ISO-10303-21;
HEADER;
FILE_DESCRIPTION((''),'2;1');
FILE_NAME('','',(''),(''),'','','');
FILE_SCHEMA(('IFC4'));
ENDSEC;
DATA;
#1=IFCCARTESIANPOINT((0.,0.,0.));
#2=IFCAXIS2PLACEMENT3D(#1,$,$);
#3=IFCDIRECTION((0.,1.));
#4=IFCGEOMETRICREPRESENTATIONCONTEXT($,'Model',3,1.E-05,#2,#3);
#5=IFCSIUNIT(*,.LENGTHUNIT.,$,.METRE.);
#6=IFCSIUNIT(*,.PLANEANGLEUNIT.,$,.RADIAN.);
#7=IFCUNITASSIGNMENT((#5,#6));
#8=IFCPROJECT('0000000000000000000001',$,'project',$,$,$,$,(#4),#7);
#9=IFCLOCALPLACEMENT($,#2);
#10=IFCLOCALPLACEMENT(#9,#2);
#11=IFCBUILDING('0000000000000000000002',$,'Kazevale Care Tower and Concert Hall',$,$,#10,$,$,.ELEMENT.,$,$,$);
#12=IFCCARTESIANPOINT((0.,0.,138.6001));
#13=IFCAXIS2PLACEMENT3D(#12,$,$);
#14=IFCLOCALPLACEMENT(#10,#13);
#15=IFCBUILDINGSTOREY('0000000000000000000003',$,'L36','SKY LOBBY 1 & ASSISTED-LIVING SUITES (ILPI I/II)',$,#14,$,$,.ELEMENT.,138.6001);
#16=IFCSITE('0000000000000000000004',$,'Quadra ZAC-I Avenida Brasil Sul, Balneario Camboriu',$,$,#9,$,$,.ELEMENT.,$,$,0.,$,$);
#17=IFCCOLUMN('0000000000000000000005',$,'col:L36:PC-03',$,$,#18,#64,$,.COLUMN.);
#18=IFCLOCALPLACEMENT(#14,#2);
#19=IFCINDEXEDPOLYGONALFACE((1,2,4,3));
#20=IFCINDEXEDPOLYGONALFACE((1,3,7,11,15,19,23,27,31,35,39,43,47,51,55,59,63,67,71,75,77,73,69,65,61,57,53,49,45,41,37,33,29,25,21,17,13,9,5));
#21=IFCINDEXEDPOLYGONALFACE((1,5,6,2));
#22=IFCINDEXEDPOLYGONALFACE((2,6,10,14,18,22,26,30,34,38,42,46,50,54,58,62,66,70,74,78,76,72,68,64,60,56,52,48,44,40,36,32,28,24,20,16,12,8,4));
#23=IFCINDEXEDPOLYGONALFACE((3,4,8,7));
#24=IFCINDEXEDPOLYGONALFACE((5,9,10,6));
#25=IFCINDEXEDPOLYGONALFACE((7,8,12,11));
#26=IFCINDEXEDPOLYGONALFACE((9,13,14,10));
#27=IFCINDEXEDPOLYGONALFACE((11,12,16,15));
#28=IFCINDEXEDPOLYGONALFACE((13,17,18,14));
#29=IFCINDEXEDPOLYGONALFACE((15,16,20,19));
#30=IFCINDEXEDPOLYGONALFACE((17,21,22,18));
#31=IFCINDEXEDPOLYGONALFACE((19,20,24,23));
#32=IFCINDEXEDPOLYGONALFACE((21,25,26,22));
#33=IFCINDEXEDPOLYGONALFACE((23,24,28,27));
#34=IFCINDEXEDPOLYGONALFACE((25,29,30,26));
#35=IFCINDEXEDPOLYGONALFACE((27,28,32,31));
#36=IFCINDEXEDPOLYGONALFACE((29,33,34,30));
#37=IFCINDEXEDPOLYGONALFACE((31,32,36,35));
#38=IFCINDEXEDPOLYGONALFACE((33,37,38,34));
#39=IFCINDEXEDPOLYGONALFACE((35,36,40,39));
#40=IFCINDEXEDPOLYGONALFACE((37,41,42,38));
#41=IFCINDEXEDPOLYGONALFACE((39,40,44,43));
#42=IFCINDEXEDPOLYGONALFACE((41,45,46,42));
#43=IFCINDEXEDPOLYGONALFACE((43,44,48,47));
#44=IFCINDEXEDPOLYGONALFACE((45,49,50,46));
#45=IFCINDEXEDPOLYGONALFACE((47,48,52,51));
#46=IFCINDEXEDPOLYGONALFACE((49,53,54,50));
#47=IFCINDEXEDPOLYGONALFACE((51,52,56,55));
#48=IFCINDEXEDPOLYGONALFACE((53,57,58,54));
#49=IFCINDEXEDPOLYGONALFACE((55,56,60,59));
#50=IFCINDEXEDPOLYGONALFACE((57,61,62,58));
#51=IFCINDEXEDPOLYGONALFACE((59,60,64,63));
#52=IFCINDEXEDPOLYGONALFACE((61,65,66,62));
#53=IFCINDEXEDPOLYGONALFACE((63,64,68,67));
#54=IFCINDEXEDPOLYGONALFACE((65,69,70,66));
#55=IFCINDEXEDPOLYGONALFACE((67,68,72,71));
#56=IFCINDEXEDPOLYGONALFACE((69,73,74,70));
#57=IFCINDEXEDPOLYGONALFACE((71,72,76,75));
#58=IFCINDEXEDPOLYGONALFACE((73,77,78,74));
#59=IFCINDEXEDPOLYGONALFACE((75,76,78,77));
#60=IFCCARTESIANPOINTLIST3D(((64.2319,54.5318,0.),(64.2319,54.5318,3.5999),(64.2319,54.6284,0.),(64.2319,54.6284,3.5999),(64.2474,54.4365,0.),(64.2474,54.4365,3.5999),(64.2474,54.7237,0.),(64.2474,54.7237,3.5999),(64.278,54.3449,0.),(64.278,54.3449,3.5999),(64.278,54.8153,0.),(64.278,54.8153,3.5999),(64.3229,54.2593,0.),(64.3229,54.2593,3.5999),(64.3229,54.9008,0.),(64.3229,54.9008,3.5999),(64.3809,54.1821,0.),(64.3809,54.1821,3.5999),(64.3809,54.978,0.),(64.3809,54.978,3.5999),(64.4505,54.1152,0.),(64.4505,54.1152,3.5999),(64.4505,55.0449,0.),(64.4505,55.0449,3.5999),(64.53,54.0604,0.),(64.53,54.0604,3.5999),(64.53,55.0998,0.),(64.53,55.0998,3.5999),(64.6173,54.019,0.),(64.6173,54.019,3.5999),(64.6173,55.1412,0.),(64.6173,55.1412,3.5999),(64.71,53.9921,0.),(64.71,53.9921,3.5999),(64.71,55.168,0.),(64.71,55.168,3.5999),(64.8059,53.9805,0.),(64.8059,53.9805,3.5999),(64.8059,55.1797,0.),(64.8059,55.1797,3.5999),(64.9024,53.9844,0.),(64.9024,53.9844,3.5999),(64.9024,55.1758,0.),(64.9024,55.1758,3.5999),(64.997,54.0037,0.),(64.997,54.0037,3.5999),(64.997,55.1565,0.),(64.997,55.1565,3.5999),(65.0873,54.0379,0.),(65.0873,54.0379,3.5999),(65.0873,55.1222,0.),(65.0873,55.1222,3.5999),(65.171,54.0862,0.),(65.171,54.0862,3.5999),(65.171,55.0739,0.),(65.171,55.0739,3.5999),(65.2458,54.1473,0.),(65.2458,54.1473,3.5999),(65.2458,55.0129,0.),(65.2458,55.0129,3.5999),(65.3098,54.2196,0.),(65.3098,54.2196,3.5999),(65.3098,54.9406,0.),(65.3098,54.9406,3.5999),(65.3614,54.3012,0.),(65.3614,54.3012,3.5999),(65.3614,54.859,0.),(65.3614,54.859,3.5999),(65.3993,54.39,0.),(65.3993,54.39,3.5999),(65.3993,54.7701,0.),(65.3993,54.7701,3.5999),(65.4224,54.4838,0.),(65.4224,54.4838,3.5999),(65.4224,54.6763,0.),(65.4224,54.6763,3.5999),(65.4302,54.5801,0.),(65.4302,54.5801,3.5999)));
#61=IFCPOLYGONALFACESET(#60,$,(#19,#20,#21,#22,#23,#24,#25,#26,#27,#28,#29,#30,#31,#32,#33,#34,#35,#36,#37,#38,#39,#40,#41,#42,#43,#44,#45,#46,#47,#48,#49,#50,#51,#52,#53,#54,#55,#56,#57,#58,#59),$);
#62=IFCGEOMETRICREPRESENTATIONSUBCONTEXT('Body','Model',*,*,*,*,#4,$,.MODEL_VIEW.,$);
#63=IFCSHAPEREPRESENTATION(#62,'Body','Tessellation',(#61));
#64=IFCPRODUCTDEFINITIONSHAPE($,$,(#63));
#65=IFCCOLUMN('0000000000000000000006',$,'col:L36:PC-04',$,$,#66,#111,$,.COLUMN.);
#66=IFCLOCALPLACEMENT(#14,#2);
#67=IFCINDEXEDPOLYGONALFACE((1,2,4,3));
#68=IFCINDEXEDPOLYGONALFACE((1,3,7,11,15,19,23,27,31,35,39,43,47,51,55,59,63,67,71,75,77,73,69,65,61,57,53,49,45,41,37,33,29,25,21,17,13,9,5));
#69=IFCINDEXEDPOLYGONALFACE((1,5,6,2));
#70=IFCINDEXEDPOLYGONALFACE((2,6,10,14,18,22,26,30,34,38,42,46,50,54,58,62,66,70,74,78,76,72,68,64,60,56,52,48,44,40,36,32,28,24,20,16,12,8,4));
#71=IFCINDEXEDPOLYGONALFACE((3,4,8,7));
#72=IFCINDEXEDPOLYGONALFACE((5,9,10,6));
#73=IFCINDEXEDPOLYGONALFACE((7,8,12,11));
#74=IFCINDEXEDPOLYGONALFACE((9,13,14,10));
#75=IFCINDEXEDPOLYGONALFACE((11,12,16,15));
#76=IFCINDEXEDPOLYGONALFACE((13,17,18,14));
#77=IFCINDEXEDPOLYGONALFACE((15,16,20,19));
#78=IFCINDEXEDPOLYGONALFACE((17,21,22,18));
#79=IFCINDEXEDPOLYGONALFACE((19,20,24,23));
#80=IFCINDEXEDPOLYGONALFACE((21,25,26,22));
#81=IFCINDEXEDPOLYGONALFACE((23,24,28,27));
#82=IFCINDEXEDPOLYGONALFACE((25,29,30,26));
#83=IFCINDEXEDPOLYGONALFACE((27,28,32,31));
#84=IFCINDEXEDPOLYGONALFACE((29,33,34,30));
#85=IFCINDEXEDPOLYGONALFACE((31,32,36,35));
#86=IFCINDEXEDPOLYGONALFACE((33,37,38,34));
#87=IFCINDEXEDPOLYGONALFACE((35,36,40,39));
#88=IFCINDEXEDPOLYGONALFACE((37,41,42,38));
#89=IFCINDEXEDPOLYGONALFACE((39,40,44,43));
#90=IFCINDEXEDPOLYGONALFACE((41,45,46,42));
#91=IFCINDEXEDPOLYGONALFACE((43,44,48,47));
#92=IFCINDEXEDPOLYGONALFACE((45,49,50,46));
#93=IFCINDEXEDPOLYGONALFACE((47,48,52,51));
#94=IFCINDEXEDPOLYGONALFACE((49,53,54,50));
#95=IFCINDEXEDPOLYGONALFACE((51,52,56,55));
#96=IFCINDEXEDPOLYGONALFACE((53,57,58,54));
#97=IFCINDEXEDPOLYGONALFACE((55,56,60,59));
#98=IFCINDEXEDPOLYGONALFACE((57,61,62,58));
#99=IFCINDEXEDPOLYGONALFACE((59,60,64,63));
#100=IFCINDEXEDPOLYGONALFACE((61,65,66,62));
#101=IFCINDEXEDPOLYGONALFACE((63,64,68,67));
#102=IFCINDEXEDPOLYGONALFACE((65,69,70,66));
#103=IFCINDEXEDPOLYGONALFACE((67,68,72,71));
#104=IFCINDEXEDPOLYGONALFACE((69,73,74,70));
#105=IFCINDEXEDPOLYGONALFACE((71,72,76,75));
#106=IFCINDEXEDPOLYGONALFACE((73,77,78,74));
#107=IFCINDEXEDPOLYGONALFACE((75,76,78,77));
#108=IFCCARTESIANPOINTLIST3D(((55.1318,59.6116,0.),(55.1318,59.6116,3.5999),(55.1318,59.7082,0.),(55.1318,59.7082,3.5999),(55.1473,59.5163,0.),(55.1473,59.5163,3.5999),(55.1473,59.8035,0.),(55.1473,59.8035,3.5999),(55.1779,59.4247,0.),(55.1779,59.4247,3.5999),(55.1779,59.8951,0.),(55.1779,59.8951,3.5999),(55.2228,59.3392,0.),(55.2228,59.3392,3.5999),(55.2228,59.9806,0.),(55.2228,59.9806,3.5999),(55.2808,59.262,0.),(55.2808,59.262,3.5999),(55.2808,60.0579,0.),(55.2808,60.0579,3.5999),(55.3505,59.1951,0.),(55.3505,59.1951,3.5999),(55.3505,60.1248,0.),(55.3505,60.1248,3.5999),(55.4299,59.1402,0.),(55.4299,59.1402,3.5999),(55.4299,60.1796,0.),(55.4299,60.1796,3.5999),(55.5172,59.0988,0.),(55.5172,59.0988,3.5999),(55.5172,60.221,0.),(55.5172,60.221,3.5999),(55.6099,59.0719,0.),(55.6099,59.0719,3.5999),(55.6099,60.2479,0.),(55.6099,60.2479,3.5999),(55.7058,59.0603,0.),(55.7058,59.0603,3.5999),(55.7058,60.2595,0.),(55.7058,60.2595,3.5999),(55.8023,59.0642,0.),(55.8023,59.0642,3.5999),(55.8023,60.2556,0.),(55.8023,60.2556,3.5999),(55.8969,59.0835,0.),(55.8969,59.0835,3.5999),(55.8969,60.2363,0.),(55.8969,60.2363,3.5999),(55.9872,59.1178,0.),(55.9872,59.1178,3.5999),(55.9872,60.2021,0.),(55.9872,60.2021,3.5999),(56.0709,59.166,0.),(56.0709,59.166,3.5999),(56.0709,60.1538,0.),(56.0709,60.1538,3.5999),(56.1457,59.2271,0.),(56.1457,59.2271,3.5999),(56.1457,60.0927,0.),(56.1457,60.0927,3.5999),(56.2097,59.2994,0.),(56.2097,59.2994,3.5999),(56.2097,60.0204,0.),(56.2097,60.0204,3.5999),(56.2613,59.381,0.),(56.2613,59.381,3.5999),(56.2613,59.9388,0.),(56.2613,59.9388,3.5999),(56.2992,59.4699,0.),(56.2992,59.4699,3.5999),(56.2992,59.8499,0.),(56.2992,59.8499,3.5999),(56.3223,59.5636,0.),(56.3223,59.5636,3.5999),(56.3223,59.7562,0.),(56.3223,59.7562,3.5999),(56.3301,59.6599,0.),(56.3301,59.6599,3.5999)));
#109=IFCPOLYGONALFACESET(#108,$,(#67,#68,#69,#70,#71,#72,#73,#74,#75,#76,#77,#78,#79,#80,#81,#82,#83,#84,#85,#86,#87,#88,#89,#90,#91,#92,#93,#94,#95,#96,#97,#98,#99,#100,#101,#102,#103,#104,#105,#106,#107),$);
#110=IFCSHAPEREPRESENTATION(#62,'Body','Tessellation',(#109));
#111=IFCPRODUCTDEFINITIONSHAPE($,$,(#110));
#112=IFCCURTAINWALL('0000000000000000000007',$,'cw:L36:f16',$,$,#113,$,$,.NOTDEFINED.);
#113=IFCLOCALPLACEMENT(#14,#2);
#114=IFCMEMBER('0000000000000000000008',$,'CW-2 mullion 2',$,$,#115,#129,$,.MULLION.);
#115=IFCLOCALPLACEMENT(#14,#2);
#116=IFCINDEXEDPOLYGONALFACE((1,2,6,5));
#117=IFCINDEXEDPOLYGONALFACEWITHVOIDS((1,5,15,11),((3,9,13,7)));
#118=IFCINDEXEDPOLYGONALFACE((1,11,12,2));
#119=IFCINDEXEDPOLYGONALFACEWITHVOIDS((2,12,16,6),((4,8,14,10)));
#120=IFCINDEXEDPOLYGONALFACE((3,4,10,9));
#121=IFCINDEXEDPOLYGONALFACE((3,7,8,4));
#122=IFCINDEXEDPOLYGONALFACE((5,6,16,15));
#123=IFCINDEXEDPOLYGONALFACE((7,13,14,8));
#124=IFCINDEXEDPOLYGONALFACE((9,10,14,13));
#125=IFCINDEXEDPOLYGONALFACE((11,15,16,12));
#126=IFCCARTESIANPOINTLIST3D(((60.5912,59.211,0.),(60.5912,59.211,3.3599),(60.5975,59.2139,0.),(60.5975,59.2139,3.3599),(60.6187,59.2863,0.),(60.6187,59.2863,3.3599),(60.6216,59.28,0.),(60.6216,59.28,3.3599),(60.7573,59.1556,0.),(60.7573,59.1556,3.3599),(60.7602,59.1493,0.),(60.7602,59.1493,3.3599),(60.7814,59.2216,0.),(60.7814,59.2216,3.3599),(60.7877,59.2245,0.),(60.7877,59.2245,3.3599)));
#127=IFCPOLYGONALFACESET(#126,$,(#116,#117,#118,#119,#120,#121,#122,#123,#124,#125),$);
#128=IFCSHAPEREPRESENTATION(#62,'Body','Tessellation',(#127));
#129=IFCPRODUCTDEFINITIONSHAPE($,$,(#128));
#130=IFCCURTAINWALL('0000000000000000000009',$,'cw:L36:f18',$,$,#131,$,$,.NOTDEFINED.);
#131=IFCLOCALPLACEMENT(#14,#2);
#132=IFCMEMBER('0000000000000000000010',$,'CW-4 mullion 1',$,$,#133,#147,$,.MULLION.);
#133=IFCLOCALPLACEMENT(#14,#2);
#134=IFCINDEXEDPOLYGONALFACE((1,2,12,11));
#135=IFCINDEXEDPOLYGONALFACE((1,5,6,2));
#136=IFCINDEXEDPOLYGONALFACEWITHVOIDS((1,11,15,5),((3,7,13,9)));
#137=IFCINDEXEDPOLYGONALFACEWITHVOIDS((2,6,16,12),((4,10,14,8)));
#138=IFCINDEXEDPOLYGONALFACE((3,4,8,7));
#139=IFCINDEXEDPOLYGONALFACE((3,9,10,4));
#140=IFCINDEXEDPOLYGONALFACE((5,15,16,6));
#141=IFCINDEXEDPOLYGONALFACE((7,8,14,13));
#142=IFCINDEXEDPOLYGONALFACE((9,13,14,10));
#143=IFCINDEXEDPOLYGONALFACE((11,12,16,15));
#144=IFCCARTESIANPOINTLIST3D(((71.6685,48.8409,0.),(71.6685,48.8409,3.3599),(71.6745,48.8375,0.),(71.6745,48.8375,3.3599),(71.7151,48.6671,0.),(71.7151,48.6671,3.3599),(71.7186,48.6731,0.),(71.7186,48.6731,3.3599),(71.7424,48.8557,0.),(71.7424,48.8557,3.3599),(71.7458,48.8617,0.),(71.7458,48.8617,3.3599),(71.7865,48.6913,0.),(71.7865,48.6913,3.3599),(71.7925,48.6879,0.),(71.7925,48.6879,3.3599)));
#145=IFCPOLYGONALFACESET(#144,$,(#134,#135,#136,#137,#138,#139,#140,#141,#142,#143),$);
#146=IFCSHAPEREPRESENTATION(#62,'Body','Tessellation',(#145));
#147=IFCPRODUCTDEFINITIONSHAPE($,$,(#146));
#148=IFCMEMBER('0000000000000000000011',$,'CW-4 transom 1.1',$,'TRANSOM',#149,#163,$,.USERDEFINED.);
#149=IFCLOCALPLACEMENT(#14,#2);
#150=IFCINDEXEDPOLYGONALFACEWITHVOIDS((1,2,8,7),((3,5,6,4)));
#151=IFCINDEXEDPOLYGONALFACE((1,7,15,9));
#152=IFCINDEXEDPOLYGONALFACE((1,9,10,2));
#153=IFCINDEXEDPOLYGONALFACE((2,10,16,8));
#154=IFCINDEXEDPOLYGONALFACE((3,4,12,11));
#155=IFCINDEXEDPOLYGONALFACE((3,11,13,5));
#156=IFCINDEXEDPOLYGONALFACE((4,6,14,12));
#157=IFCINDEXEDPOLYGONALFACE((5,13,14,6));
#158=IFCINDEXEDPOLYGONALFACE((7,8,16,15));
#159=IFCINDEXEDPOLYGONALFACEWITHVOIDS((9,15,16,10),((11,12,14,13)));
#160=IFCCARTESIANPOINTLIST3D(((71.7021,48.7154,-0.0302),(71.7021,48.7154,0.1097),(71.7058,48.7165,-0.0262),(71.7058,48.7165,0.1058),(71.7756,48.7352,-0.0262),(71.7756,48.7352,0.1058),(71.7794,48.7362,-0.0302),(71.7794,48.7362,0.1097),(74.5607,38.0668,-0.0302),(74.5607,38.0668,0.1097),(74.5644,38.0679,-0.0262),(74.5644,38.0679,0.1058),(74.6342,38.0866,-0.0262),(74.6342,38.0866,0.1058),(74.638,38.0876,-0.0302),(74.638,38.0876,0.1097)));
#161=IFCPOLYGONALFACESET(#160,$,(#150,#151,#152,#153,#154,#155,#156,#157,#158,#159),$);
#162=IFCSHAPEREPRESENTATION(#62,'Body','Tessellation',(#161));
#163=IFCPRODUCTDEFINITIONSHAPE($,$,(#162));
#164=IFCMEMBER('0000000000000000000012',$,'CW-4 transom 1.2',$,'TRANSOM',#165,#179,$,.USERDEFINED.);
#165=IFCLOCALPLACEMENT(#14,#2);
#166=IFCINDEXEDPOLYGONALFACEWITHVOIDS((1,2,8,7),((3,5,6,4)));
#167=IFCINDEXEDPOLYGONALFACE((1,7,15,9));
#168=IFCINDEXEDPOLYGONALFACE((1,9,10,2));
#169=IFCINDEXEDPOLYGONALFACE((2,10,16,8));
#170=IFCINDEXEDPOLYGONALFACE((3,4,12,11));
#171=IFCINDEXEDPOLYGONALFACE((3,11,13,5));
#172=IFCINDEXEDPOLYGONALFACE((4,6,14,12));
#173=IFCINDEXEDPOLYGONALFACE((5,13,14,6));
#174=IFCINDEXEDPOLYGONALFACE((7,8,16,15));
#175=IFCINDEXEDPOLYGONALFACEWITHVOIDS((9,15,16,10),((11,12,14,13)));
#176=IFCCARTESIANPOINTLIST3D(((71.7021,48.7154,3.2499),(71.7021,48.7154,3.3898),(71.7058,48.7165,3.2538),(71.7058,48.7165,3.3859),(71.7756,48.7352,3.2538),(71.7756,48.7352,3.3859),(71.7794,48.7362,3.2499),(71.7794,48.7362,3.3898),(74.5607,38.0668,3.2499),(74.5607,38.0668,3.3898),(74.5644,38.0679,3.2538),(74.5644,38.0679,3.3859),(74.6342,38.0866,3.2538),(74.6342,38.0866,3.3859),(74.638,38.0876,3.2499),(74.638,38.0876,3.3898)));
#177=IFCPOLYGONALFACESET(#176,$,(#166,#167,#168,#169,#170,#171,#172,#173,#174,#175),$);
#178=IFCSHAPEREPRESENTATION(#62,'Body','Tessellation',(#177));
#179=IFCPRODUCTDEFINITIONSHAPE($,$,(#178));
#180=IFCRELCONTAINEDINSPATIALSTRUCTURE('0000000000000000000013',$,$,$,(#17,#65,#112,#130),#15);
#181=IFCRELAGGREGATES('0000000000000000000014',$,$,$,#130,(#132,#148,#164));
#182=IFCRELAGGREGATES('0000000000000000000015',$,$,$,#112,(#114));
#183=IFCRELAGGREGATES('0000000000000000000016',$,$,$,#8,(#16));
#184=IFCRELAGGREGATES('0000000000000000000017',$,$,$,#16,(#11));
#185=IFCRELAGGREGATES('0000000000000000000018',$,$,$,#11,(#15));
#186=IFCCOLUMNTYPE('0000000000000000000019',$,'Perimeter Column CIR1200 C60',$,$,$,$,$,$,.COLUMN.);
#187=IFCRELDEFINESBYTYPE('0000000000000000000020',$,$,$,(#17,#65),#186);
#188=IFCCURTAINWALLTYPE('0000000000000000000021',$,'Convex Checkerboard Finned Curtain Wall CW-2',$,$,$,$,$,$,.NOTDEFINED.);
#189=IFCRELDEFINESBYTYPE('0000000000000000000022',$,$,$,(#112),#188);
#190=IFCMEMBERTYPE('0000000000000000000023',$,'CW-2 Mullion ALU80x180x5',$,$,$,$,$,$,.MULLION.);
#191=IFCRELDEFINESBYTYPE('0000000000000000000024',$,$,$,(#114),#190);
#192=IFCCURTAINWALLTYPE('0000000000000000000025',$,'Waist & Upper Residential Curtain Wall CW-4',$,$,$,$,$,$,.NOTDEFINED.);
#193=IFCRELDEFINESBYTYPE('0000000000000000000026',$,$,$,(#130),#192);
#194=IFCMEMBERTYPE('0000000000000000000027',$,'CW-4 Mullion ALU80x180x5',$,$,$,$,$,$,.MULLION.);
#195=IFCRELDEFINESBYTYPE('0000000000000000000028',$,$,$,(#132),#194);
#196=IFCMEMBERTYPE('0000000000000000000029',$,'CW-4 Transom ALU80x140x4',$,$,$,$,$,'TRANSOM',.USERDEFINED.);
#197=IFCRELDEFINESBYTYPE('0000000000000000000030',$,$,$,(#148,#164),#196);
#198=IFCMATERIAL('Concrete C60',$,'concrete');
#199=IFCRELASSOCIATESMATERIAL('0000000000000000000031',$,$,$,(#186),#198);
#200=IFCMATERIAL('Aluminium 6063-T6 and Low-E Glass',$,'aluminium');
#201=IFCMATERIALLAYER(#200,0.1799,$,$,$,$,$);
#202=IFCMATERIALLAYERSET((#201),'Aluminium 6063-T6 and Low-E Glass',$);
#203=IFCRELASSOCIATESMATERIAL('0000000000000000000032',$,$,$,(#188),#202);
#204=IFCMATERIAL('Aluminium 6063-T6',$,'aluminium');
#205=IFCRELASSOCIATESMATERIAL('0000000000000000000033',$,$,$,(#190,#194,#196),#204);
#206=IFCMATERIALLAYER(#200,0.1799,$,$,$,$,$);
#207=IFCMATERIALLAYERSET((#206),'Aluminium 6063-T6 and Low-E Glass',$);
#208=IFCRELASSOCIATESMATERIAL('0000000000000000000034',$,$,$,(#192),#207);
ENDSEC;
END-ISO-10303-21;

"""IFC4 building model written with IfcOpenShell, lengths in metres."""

from ifc_helpers import new_model, si_unit, direction, frame, origin, origin_2d, place, context, subcontext, project, spatial, hollow_rectangle, circle, extrude, material, layer, layer_set, material_profile, profile_set, type_object, element, aggregate, save


model = new_model("IFC4")

# Units and contexts
model_context = context("Model", 3, precision=1e-05, world=origin(), true_north=direction((0.0, 1.0)))
body_context = subcontext(model_context, "Body", "Model", "MODEL_VIEW")
ifc_project = project(units=[si_unit("LENGTHUNIT", "METRE"), si_unit("PLANEANGLEUNIT", "RADIAN")], contexts=[model_context])

# Site, building, storey
site_placement = place(None, origin())
site = spatial("IfcSite", under=ifc_project, at=site_placement, Name="Quadra ZAC-I Avenida Brasil Sul, Balneario Camboriu", CompositionType="ELEMENT", RefElevation=0.0)
building_placement = place(site_placement, origin())
building = spatial("IfcBuilding", under=site, at=building_placement, Name="Kazevale Care Tower and Concert Hall", CompositionType="ELEMENT")
storey_placement = place(building_placement, frame((0.0, 0.0, 138.6001)))
storey = spatial("IfcBuildingStorey", under=building, at=storey_placement, Name="L36", Description="SKY LOBBY 1 & ASSISTED-LIVING SUITES (ILPI I/II)", CompositionType="ELEMENT", Elevation=138.6001)

# Columns
ifc_material_1 = material(Name="Concrete C60", Category="concrete")
ifc_material_profile_1 = material_profile(ifc_material_1, circle(Radius=0.6001, at=origin_2d()), Name="RC-CIR1200")
ifc_profile_set_1 = profile_set([ifc_material_profile_1], Name="Concrete C60")
column_type = type_object("IfcColumnType", Name="Perimeter Column CIR1200 C60", PredefinedType="COLUMN", material=ifc_profile_set_1)
for number, where, z_axis, x_axis, name in (
    (1, (64.8301, 54.5801, 0.0), (0.0, 0.0, 1.0), (1.0, 0.0, 0.0), "col:L36:PC-03"),
    (2, (55.73, 59.6599, 0.0), (0.0, 0.0, 1.0), (1.0, 0.0, 0.0), "col:L36:PC-04"),
):
    element("IfcColumn", number, at=place(storey_placement, frame(where, z_axis=z_axis, x_axis=x_axis)), inside=storey, type_object=column_type, Name=name, PredefinedType="COLUMN", context=body_context, shape_type="SweptSolid", body=[
        extrude(circle(Radius=0.6001, at=origin_2d()), origin(), (0.0, 0.0, 1.0), 3.5999),
    ])

# Curtain wall, member
ifc_material_2 = material(Name="Aluminium 6063-T6 and Low-E Glass", Category="aluminium")
ifc_layer_1 = layer(ifc_material_2, 0.1799)
ifc_layer_set_1 = layer_set([ifc_layer_1], Name="Aluminium 6063-T6 and Low-E Glass")
curtain_wall_type_1 = type_object("IfcCurtainWallType", Name="Convex Checkerboard Finned Curtain Wall CW-2", PredefinedType="NOTDEFINED", material=ifc_layer_set_1)
curtain_wall_1_placement = place(storey_placement, origin())
curtain_wall_1 = element("IfcCurtainWall", 3, at=curtain_wall_1_placement, inside=storey, type_object=curtain_wall_type_1, Name="cw:L36:f16", PredefinedType="NOTDEFINED")
ifc_material_3 = material(Name="Aluminium 6063-T6", Category="aluminium")
ifc_material_profile_2 = material_profile(ifc_material_3, hollow_rectangle(XDim=0.0801, YDim=0.1799, WallThickness=0.0049, at=origin_2d()), Name="ALU80x180x5")
ifc_profile_set_2 = profile_set([ifc_material_profile_2], Name="Aluminium 6063-T6")
member_type_1 = type_object("IfcMemberType", Name="CW-2 Mullion ALU80x180x5", PredefinedType="MULLION", material=ifc_profile_set_2)
member_1_placement = place(storey_placement, frame((60.6895, 59.2178, 0.0), z_axis=(0.0, 0.0, 1.0), x_axis=(0.343143, 0.939283, 0.0)))
member_1 = element("IfcMember", 4, at=member_1_placement, type_object=member_type_1, Name="CW-2 mullion 2", PredefinedType="MULLION", context=body_context, shape_type="SweptSolid", body=[
    extrude(hollow_rectangle(XDim=0.0801, YDim=0.1799, WallThickness=0.0049, at=origin_2d()), origin(), (0.0, 0.0, 1.0), 3.3599),
])

# Curtain wall, members
ifc_layer_2 = layer(ifc_material_2, 0.1799)
ifc_layer_set_2 = layer_set([ifc_layer_2], Name="Aluminium 6063-T6 and Low-E Glass")
curtain_wall_type_2 = type_object("IfcCurtainWallType", Name="Waist & Upper Residential Curtain Wall CW-4", PredefinedType="NOTDEFINED", material=ifc_layer_set_2)
curtain_wall_2_placement = place(storey_placement, origin())
curtain_wall_2 = element("IfcCurtainWall", 5, at=curtain_wall_2_placement, inside=storey, type_object=curtain_wall_type_2, Name="cw:L36:f18", PredefinedType="NOTDEFINED")
ifc_material_profile_3 = material_profile(ifc_material_3, hollow_rectangle(XDim=0.0801, YDim=0.1799, WallThickness=0.0049, at=origin_2d()), Name="ALU80x180x5")
ifc_profile_set_3 = profile_set([ifc_material_profile_3], Name="Aluminium 6063-T6")
member_type_2 = type_object("IfcMemberType", Name="CW-4 Mullion ALU80x180x5", PredefinedType="MULLION", material=ifc_profile_set_3)
member_2_placement = place(storey_placement, frame((71.7305, 48.7644, 0.0), z_axis=(0.0, 0.0, 1.0), x_axis=(0.965806, 0.259265, 0.0)))
member_2 = element("IfcMember", 6, at=member_2_placement, type_object=member_type_2, Name="CW-4 mullion 1", PredefinedType="MULLION", context=body_context, shape_type="SweptSolid", body=[
    extrude(hollow_rectangle(XDim=0.0801, YDim=0.1799, WallThickness=0.0049, at=origin_2d()), origin(), (0.0, 0.0, 1.0), 3.3599),
])
ifc_material_profile_4 = material_profile(ifc_material_3, hollow_rectangle(XDim=0.0801, YDim=0.1399, WallThickness=0.0039, at=origin_2d()), Name="ALU80x140x4")
ifc_profile_set_4 = profile_set([ifc_material_profile_4], Name="Aluminium 6063-T6")
member_type_3 = type_object("IfcMemberType", Name="CW-4 Transom ALU80x140x4", ElementType="TRANSOM", PredefinedType="USERDEFINED", material=ifc_profile_set_4)
member_3_placement = place(storey_placement, frame((71.7407, 48.7258, 0.0398), z_axis=(0.259271, -0.965805, 0.0), x_axis=(0.965805, 0.259271, 0.0)))
member_3 = element("IfcMember", 7, at=member_3_placement, type_object=member_type_3, Name="CW-4 transom 1.1", ObjectType="TRANSOM", PredefinedType="USERDEFINED", context=body_context, shape_type="SweptSolid", body=[
    extrude(hollow_rectangle(XDim=0.0801, YDim=0.1399, WallThickness=0.0039, at=origin_2d()), origin(), (0.0, 0.0, 1.0), 11.0256),
])
member_4_placement = place(storey_placement, frame((71.7407, 48.7258, 3.3198), z_axis=(0.259271, -0.965805, 0.0), x_axis=(0.965805, 0.259271, 0.0)))
member_4 = element("IfcMember", 8, at=member_4_placement, type_object=member_type_3, Name="CW-4 transom 1.2", ObjectType="TRANSOM", PredefinedType="USERDEFINED", context=body_context, shape_type="SweptSolid", body=[
    extrude(hollow_rectangle(XDim=0.0801, YDim=0.1399, WallThickness=0.0039, at=origin_2d()), origin(), (0.0, 0.0, 1.0), 11.0256),
])
aggregate(curtain_wall_2, [member_2, member_3, member_4])

aggregate(curtain_wall_1, [member_1])

save(model, "model.ifc")
